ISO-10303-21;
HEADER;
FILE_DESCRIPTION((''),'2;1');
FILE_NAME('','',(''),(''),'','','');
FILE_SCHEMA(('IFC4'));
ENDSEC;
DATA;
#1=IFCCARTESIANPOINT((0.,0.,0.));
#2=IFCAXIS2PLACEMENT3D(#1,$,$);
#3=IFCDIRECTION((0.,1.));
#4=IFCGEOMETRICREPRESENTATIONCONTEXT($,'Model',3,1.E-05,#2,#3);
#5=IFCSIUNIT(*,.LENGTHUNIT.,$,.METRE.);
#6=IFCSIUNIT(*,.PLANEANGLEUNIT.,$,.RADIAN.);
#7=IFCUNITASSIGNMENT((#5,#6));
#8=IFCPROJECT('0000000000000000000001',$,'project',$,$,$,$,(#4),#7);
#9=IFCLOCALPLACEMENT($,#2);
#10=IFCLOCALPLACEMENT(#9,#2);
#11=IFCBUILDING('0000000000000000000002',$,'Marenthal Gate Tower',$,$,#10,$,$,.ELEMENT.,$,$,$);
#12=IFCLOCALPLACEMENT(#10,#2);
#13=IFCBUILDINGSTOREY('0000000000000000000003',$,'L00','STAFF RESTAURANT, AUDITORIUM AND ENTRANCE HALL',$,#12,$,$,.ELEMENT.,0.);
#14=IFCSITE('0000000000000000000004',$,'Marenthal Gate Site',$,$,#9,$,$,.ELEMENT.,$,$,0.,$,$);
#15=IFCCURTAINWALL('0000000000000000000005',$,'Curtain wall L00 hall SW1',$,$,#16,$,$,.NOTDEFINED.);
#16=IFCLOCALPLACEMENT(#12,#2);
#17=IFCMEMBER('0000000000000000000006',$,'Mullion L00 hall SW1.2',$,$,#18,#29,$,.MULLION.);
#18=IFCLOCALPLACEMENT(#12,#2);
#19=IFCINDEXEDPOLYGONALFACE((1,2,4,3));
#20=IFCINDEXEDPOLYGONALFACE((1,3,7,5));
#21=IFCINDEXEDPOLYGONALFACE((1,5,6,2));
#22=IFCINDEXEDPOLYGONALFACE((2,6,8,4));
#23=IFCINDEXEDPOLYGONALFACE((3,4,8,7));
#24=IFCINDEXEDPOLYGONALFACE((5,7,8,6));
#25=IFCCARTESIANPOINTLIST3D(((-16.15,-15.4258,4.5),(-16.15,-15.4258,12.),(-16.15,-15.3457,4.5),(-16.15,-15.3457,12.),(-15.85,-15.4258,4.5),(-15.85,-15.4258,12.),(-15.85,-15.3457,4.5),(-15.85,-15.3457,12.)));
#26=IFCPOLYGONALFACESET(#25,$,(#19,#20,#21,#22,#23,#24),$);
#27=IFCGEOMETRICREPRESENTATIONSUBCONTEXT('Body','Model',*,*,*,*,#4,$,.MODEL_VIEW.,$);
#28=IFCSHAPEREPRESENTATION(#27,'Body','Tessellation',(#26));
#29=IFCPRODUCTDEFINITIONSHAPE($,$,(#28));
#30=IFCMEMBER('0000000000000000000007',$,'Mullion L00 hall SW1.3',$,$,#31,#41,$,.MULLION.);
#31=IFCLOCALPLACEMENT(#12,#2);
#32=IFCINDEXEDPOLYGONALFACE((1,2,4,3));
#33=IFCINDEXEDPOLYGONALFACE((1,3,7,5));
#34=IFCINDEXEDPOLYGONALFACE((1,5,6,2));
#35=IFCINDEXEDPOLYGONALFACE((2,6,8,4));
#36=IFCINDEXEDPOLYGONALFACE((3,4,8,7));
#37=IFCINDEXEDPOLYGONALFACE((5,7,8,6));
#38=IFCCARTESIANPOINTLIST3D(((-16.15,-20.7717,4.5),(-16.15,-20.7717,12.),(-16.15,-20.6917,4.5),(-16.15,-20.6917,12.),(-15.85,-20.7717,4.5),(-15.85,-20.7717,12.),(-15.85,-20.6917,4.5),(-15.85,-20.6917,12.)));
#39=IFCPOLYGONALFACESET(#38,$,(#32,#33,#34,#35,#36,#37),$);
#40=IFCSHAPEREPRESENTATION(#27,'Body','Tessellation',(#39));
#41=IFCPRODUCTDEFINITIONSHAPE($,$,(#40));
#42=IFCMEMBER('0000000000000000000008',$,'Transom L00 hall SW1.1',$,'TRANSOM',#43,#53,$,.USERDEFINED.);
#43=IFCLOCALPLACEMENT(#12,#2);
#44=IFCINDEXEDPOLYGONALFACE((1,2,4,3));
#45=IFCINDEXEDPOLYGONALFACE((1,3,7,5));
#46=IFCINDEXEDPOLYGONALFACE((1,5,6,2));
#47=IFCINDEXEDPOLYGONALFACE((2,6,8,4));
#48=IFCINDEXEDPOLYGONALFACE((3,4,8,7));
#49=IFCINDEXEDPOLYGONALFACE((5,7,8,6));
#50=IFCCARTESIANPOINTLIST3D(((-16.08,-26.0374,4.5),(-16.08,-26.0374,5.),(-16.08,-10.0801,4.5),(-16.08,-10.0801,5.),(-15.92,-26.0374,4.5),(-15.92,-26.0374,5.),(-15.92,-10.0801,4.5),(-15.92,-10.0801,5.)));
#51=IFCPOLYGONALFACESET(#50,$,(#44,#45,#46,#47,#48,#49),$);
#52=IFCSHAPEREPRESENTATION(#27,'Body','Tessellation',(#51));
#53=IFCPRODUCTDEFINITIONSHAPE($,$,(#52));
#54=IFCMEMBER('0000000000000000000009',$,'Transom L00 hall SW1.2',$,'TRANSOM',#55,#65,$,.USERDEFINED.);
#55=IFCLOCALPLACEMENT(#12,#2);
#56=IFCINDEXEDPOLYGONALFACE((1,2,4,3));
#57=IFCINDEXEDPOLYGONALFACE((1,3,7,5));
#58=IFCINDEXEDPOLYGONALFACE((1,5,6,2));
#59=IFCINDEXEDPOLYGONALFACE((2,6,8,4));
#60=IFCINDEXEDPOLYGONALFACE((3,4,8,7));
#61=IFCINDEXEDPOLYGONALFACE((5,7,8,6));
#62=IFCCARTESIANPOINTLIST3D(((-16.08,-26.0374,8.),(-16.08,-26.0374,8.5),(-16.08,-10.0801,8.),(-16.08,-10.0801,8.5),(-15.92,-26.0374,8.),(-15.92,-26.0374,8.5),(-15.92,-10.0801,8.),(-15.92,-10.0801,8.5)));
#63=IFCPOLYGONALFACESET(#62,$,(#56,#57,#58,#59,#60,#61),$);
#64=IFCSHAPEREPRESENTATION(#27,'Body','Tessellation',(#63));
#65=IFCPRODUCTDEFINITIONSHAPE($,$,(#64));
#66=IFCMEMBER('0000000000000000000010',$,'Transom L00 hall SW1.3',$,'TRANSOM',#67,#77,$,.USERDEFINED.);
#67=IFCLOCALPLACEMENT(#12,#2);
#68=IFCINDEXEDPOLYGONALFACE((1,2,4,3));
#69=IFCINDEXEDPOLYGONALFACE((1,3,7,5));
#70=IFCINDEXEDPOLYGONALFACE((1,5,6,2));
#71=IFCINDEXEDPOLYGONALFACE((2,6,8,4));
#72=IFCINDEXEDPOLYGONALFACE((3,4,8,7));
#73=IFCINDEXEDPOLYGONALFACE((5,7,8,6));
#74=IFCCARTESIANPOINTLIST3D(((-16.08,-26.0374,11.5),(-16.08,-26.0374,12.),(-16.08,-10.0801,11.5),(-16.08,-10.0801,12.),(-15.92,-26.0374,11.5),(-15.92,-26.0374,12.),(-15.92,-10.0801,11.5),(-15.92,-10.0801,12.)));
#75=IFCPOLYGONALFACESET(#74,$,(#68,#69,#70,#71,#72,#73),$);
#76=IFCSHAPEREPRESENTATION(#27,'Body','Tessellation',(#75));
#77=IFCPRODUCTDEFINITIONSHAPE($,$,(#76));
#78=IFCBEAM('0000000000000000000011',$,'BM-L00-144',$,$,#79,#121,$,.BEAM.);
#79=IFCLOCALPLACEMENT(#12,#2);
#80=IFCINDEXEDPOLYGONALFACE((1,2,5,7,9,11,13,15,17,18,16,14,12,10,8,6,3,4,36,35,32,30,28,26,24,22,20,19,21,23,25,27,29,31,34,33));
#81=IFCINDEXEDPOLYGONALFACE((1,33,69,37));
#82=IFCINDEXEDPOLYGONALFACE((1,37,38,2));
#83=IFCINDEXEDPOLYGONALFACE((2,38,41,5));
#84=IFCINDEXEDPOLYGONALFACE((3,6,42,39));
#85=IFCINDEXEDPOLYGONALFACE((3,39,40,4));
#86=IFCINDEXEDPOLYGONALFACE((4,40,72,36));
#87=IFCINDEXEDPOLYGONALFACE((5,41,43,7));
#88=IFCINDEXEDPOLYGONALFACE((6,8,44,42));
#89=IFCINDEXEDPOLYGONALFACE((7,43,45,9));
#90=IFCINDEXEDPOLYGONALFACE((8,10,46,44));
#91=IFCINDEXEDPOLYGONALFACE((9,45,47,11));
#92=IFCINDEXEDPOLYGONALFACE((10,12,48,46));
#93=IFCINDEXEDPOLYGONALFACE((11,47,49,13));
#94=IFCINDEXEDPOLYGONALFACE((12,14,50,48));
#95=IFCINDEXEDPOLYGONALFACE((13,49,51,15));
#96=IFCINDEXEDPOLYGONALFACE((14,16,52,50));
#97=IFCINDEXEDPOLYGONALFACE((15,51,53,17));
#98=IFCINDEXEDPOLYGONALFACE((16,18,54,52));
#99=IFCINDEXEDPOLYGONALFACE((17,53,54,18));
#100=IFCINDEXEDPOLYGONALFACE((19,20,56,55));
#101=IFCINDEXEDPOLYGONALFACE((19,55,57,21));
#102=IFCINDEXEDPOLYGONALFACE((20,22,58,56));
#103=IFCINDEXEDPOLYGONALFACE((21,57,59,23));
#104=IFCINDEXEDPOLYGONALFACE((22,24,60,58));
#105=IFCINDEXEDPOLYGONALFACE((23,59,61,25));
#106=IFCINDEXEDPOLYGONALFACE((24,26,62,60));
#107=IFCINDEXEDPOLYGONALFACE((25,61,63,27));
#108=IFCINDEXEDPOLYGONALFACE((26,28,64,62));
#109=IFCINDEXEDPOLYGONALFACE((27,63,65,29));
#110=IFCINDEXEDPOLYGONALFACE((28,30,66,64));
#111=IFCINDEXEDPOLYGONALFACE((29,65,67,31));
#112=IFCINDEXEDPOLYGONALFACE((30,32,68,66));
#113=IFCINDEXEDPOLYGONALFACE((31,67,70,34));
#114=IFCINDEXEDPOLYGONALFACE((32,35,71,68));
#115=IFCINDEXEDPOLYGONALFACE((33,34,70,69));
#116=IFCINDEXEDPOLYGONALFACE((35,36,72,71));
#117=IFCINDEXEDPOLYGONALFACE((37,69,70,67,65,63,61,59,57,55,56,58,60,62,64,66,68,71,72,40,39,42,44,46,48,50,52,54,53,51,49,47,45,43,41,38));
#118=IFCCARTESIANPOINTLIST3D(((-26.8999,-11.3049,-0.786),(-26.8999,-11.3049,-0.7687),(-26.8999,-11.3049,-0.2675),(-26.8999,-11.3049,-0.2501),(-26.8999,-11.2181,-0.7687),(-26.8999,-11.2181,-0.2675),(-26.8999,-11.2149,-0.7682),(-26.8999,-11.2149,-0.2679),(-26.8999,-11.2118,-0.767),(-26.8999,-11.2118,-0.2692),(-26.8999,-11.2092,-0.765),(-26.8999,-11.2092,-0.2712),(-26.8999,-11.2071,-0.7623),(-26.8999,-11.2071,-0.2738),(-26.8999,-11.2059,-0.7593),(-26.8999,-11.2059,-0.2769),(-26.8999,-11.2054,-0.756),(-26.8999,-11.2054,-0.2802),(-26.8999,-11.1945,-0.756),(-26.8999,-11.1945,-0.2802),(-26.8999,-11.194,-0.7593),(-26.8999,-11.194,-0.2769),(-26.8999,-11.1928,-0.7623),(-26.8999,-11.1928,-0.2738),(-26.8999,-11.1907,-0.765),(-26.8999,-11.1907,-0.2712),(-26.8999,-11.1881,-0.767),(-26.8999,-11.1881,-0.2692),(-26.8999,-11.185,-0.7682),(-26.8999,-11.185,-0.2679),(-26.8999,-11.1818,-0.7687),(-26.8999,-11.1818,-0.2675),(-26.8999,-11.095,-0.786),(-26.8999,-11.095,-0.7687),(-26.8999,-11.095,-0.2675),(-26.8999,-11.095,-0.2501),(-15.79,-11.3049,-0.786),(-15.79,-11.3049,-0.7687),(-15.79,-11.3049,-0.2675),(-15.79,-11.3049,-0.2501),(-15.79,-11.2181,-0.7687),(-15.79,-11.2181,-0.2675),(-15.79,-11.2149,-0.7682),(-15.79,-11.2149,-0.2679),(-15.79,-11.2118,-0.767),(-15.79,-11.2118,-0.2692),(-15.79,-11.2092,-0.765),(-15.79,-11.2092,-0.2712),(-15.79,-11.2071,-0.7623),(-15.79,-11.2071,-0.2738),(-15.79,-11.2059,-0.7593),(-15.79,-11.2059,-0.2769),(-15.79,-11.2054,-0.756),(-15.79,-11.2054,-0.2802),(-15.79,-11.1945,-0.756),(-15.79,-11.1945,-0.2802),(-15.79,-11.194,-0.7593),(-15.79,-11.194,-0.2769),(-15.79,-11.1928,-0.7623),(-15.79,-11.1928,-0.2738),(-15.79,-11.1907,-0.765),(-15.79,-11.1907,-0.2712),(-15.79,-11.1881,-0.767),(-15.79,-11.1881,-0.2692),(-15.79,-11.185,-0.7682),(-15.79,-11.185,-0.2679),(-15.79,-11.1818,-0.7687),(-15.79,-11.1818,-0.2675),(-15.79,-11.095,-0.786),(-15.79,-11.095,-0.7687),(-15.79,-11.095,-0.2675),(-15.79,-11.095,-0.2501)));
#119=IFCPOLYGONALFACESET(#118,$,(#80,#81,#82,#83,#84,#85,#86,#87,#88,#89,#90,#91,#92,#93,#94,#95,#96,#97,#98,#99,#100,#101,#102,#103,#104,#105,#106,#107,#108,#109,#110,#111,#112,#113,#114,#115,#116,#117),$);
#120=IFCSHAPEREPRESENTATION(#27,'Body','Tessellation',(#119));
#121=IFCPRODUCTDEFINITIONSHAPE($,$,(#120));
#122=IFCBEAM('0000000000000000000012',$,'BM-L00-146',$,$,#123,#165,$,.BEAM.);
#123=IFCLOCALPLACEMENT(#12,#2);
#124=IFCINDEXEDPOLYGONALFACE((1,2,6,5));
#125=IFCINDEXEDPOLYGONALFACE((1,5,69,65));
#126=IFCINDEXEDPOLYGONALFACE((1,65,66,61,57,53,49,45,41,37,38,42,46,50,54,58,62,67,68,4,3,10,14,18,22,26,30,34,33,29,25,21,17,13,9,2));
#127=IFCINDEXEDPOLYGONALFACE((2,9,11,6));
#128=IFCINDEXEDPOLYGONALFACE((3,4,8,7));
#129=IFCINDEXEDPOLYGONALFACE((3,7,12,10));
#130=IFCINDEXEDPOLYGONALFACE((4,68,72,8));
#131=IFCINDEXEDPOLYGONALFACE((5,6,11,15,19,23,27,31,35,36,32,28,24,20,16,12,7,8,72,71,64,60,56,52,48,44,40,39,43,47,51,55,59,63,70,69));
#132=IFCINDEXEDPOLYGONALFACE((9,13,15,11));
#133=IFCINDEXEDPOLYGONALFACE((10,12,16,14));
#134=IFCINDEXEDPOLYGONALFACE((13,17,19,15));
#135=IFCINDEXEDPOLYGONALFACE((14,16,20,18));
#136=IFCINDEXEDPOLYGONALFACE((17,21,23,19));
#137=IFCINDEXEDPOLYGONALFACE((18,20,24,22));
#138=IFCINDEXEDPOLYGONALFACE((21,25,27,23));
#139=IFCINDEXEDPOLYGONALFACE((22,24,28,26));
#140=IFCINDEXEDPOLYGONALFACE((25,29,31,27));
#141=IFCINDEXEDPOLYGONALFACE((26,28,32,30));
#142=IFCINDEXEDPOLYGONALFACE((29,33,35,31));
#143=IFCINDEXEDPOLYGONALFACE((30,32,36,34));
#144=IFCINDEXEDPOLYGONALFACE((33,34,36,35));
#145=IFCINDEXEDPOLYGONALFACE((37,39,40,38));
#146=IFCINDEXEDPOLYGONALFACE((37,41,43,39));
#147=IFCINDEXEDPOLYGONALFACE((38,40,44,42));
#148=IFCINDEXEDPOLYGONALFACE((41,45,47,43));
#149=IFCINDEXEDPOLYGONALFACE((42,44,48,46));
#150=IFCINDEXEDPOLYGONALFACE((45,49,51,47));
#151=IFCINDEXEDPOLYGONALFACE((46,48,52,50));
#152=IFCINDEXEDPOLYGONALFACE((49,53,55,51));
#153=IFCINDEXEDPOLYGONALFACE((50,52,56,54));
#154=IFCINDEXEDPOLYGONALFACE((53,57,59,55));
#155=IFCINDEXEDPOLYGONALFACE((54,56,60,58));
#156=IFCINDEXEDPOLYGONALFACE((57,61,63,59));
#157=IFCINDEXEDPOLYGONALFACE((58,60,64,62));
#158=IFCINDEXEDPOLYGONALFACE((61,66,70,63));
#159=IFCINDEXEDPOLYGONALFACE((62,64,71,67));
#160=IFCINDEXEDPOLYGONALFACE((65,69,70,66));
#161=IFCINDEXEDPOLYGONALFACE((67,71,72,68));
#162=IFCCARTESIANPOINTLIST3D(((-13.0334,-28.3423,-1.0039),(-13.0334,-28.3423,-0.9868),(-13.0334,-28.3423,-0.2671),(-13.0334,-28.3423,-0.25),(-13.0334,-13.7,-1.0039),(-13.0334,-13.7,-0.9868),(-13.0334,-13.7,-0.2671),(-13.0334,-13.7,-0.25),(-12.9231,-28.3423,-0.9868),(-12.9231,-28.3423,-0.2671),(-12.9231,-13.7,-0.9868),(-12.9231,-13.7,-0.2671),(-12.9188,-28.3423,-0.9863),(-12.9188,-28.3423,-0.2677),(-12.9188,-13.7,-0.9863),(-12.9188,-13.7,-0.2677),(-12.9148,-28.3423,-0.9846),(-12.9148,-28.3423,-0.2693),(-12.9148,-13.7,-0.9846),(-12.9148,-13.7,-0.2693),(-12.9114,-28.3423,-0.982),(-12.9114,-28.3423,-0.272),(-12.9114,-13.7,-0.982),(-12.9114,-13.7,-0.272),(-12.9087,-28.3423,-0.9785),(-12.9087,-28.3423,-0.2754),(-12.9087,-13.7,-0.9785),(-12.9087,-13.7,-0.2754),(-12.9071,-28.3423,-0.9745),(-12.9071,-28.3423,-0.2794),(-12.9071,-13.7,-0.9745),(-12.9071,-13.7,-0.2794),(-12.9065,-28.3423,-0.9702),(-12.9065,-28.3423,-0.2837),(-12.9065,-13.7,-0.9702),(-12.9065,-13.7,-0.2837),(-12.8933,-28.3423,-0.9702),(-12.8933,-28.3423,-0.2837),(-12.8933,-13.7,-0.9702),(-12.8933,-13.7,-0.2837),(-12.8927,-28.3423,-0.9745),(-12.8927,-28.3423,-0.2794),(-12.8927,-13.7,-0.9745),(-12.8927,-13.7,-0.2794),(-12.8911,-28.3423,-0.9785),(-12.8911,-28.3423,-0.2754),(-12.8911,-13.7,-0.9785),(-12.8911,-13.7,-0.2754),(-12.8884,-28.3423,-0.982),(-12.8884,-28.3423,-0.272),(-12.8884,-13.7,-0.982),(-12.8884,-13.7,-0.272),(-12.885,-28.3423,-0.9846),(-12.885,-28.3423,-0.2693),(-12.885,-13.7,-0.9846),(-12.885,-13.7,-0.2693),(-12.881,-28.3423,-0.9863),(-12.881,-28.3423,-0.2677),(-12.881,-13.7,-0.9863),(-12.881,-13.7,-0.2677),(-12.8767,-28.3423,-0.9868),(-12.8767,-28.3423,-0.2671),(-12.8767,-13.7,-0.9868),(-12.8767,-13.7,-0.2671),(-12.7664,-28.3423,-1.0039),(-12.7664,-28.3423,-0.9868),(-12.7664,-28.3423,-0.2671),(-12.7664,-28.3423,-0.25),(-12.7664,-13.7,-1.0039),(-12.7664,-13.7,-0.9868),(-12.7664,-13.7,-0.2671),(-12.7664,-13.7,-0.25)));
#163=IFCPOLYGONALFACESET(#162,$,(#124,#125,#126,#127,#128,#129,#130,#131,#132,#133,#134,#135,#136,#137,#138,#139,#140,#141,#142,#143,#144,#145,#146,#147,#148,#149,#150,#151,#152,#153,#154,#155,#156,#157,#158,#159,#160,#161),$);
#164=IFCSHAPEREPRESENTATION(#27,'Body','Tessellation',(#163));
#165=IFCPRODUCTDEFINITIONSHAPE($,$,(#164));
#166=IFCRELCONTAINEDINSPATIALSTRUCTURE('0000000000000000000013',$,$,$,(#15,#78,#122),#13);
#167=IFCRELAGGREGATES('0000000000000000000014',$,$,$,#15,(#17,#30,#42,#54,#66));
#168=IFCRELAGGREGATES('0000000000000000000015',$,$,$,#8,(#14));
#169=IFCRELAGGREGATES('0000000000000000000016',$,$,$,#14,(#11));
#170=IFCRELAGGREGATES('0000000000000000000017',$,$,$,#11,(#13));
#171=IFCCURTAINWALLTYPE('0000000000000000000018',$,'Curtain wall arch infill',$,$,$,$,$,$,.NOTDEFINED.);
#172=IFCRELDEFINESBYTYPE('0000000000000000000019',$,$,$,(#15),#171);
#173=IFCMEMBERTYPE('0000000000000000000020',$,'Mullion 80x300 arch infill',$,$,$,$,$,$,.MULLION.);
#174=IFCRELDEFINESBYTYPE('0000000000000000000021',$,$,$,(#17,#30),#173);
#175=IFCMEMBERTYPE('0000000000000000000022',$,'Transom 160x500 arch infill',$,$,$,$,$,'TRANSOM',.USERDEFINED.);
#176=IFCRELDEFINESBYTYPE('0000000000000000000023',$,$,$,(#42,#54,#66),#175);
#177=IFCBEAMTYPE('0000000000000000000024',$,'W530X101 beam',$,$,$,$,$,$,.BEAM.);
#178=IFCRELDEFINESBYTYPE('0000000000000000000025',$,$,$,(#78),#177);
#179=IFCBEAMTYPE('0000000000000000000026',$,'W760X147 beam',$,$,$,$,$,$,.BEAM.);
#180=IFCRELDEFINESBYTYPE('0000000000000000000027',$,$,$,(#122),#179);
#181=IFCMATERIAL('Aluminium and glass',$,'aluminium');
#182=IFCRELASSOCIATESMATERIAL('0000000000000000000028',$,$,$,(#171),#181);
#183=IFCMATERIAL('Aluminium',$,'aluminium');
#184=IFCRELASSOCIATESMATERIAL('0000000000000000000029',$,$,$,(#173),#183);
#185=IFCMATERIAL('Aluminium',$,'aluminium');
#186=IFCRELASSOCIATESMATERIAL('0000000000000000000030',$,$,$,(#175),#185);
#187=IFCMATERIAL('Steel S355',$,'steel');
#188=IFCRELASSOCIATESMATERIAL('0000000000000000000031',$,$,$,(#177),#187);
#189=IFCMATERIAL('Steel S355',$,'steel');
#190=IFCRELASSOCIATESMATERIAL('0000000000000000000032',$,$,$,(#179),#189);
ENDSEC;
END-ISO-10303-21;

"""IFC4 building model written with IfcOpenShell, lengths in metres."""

from ifc_helpers import new_model, si_unit, direction, frame, origin, origin_2d, place, context, subcontext, project, spatial, rectangle, i_section, extrude, material, material_profile, profile_set, type_object, element, aggregate, save


model = new_model("IFC4")

# Units and contexts
model_context = context("Model", 3, precision=1e-05, world=origin(), true_north=direction((0.0, 1.0)))
body_context = subcontext(model_context, "Body", "Model", "MODEL_VIEW")
ifc_project = project(units=[si_unit("LENGTHUNIT", "METRE"), si_unit("PLANEANGLEUNIT", "RADIAN")], contexts=[model_context])

# Site, building, storey
site_placement = place(None, origin())
site = spatial("IfcSite", under=ifc_project, at=site_placement, Name="Marenthal Gate Site", CompositionType="ELEMENT", RefElevation=0.0)
building_placement = place(site_placement, origin())
building = spatial("IfcBuilding", under=site, at=building_placement, Name="Marenthal Gate Tower", CompositionType="ELEMENT")
storey_placement = place(building_placement, origin())
storey = spatial("IfcBuildingStorey", under=building, at=storey_placement, Name="L00", Description="STAFF RESTAURANT, AUDITORIUM AND ENTRANCE HALL", CompositionType="ELEMENT", Elevation=0.0)

# Curtain wall, members
ifc_material_1 = material(Name="Aluminium and glass", Category="aluminium")
curtain_wall_type = type_object("IfcCurtainWallType", Name="Curtain wall arch infill", PredefinedType="NOTDEFINED", material=ifc_material_1)
curtain_wall_placement = place(storey_placement, origin())
curtain_wall = element("IfcCurtainWall", 1, at=curtain_wall_placement, inside=storey, type_object=curtain_wall_type, Name="Curtain wall L00 hall SW1", PredefinedType="NOTDEFINED")
ifc_material_2 = material(Name="Aluminium", Category="aluminium")
ifc_material_profile_1 = material_profile(ifc_material_2, rectangle(XDim=0.3, YDim=0.0801, at=origin_2d()), Name="80x300 aluminium mullion")
ifc_profile_set_1 = profile_set([ifc_material_profile_1], Name="Aluminium")
member_type_1 = type_object("IfcMemberType", Name="Mullion 80x300 arch infill", PredefinedType="MULLION", material=ifc_profile_set_1)
member_1_placement = place(storey_placement, frame((-16.0, -15.3857, 4.5), z_axis=(0.0, 0.0, 1.0), x_axis=(1.0, 0.0, 0.0)))
member_1 = element("IfcMember", 2, at=member_1_placement, type_object=member_type_1, Name="Mullion L00 hall SW1.2", PredefinedType="MULLION", context=body_context, shape_type="SweptSolid", body=[
    extrude(rectangle(XDim=0.3, YDim=0.0801, at=origin_2d()), origin(), (0.0, 0.0, 1.0), 7.5),
])
member_2_placement = place(storey_placement, frame((-16.0, -20.7317, 4.5), z_axis=(0.0, 0.0, 1.0), x_axis=(1.0, 0.0, 0.0)))
member_2 = element("IfcMember", 3, at=member_2_placement, type_object=member_type_1, Name="Mullion L00 hall SW1.3", PredefinedType="MULLION", context=body_context, shape_type="SweptSolid", body=[
    extrude(rectangle(XDim=0.3, YDim=0.0801, at=origin_2d()), origin(), (0.0, 0.0, 1.0), 7.5),
])
ifc_material_3 = material(Name="Aluminium", Category="aluminium")
ifc_material_profile_2 = material_profile(ifc_material_3, rectangle(XDim=0.1599, YDim=0.5, at=origin_2d()), Name="160x500 aluminium transom")
ifc_profile_set_2 = profile_set([ifc_material_profile_2], Name="Aluminium")
member_type_2 = type_object("IfcMemberType", Name="Transom 160x500 arch infill", ElementType="TRANSOM", PredefinedType="USERDEFINED", material=ifc_profile_set_2)
member_3_placement = place(storey_placement, frame((-16.0, -10.0801, 4.75), z_axis=(0.0, -1.0, 0.0), x_axis=(1.0, 0.0, 0.0)))
member_3 = element("IfcMember", 4, at=member_3_placement, type_object=member_type_2, Name="Transom L00 hall SW1.1", ObjectType="TRANSOM", PredefinedType="USERDEFINED", context=body_context, shape_type="SweptSolid", body=[
    extrude(rectangle(XDim=0.1599, YDim=0.5, at=origin_2d()), origin(), (0.0, 0.0, 1.0), 15.9573),
])
member_4_placement = place(storey_placement, frame((-16.0, -10.0801, 8.25), z_axis=(0.0, -1.0, 0.0), x_axis=(1.0, 0.0, 0.0)))
member_4 = element("IfcMember", 5, at=member_4_placement, type_object=member_type_2, Name="Transom L00 hall SW1.2", ObjectType="TRANSOM", PredefinedType="USERDEFINED", context=body_context, shape_type="SweptSolid", body=[
    extrude(rectangle(XDim=0.1599, YDim=0.5, at=origin_2d()), origin(), (0.0, 0.0, 1.0), 15.9573),
])
member_5_placement = place(storey_placement, frame((-16.0, -10.0801, 11.75), z_axis=(0.0, -1.0, 0.0), x_axis=(1.0, 0.0, 0.0)))
member_5 = element("IfcMember", 6, at=member_5_placement, type_object=member_type_2, Name="Transom L00 hall SW1.3", ObjectType="TRANSOM", PredefinedType="USERDEFINED", context=body_context, shape_type="SweptSolid", body=[
    extrude(rectangle(XDim=0.1599, YDim=0.5, at=origin_2d()), origin(), (0.0, 0.0, 1.0), 15.9573),
])

# Beams
ifc_material_4 = material(Name="Steel S355", Category="steel")
ifc_material_profile_3 = material_profile(ifc_material_4, i_section(OverallWidth=0.21, OverallDepth=0.5359, WebThickness=0.011, FlangeThickness=0.0173, FilletRadius=0.0127, at=origin_2d()), Name="W530X101")
ifc_profile_set_3 = profile_set([ifc_material_profile_3], Name="Steel S355")
beam_type_1 = type_object("IfcBeamType", Name="W530X101 beam", PredefinedType="BEAM", material=ifc_profile_set_3)
beam_1_placement = place(storey_placement, frame((-15.79, -11.2, -0.5181), z_axis=(-1.0, 0.0, 0.0), x_axis=(0.0, -1.0, 0.0)))
element("IfcBeam", 7, at=beam_1_placement, inside=storey, type_object=beam_type_1, Name="BM-L00-144", PredefinedType="BEAM", context=body_context, shape_type="SweptSolid", body=[
    extrude(i_section(OverallWidth=0.21, OverallDepth=0.5359, WebThickness=0.011, FlangeThickness=0.0173, FilletRadius=0.0127, at=origin_2d()), origin(), (0.0, 0.0, 1.0), 11.1099),
])
ifc_material_5 = material(Name="Steel S355", Category="steel")
ifc_material_profile_4 = material_profile(ifc_material_5, i_section(OverallWidth=0.2671, OverallDepth=0.7539, WebThickness=0.0132, FlangeThickness=0.0171, FilletRadius=0.0166, at=origin_2d()), Name="W760X147")
ifc_profile_set_4 = profile_set([ifc_material_profile_4], Name="Steel S355")
beam_type_2 = type_object("IfcBeamType", Name="W760X147 beam", PredefinedType="BEAM", material=ifc_profile_set_4)
beam_2_placement = place(storey_placement, frame((-12.8999, -13.7, -0.627), z_axis=(0.0, -1.0, 0.0), x_axis=(1.0, 0.0, 0.0)))
element("IfcBeam", 8, at=beam_2_placement, inside=storey, type_object=beam_type_2, Name="BM-L00-146", PredefinedType="BEAM", context=body_context, shape_type="SweptSolid", body=[
    extrude(i_section(OverallWidth=0.2671, OverallDepth=0.7539, WebThickness=0.0132, FlangeThickness=0.0171, FilletRadius=0.0166, at=origin_2d()), origin(), (0.0, 0.0, 1.0), 14.6423),
])

aggregate(curtain_wall, [member_1, member_2, member_3, member_4, member_5])

save(model, "model.ifc")
